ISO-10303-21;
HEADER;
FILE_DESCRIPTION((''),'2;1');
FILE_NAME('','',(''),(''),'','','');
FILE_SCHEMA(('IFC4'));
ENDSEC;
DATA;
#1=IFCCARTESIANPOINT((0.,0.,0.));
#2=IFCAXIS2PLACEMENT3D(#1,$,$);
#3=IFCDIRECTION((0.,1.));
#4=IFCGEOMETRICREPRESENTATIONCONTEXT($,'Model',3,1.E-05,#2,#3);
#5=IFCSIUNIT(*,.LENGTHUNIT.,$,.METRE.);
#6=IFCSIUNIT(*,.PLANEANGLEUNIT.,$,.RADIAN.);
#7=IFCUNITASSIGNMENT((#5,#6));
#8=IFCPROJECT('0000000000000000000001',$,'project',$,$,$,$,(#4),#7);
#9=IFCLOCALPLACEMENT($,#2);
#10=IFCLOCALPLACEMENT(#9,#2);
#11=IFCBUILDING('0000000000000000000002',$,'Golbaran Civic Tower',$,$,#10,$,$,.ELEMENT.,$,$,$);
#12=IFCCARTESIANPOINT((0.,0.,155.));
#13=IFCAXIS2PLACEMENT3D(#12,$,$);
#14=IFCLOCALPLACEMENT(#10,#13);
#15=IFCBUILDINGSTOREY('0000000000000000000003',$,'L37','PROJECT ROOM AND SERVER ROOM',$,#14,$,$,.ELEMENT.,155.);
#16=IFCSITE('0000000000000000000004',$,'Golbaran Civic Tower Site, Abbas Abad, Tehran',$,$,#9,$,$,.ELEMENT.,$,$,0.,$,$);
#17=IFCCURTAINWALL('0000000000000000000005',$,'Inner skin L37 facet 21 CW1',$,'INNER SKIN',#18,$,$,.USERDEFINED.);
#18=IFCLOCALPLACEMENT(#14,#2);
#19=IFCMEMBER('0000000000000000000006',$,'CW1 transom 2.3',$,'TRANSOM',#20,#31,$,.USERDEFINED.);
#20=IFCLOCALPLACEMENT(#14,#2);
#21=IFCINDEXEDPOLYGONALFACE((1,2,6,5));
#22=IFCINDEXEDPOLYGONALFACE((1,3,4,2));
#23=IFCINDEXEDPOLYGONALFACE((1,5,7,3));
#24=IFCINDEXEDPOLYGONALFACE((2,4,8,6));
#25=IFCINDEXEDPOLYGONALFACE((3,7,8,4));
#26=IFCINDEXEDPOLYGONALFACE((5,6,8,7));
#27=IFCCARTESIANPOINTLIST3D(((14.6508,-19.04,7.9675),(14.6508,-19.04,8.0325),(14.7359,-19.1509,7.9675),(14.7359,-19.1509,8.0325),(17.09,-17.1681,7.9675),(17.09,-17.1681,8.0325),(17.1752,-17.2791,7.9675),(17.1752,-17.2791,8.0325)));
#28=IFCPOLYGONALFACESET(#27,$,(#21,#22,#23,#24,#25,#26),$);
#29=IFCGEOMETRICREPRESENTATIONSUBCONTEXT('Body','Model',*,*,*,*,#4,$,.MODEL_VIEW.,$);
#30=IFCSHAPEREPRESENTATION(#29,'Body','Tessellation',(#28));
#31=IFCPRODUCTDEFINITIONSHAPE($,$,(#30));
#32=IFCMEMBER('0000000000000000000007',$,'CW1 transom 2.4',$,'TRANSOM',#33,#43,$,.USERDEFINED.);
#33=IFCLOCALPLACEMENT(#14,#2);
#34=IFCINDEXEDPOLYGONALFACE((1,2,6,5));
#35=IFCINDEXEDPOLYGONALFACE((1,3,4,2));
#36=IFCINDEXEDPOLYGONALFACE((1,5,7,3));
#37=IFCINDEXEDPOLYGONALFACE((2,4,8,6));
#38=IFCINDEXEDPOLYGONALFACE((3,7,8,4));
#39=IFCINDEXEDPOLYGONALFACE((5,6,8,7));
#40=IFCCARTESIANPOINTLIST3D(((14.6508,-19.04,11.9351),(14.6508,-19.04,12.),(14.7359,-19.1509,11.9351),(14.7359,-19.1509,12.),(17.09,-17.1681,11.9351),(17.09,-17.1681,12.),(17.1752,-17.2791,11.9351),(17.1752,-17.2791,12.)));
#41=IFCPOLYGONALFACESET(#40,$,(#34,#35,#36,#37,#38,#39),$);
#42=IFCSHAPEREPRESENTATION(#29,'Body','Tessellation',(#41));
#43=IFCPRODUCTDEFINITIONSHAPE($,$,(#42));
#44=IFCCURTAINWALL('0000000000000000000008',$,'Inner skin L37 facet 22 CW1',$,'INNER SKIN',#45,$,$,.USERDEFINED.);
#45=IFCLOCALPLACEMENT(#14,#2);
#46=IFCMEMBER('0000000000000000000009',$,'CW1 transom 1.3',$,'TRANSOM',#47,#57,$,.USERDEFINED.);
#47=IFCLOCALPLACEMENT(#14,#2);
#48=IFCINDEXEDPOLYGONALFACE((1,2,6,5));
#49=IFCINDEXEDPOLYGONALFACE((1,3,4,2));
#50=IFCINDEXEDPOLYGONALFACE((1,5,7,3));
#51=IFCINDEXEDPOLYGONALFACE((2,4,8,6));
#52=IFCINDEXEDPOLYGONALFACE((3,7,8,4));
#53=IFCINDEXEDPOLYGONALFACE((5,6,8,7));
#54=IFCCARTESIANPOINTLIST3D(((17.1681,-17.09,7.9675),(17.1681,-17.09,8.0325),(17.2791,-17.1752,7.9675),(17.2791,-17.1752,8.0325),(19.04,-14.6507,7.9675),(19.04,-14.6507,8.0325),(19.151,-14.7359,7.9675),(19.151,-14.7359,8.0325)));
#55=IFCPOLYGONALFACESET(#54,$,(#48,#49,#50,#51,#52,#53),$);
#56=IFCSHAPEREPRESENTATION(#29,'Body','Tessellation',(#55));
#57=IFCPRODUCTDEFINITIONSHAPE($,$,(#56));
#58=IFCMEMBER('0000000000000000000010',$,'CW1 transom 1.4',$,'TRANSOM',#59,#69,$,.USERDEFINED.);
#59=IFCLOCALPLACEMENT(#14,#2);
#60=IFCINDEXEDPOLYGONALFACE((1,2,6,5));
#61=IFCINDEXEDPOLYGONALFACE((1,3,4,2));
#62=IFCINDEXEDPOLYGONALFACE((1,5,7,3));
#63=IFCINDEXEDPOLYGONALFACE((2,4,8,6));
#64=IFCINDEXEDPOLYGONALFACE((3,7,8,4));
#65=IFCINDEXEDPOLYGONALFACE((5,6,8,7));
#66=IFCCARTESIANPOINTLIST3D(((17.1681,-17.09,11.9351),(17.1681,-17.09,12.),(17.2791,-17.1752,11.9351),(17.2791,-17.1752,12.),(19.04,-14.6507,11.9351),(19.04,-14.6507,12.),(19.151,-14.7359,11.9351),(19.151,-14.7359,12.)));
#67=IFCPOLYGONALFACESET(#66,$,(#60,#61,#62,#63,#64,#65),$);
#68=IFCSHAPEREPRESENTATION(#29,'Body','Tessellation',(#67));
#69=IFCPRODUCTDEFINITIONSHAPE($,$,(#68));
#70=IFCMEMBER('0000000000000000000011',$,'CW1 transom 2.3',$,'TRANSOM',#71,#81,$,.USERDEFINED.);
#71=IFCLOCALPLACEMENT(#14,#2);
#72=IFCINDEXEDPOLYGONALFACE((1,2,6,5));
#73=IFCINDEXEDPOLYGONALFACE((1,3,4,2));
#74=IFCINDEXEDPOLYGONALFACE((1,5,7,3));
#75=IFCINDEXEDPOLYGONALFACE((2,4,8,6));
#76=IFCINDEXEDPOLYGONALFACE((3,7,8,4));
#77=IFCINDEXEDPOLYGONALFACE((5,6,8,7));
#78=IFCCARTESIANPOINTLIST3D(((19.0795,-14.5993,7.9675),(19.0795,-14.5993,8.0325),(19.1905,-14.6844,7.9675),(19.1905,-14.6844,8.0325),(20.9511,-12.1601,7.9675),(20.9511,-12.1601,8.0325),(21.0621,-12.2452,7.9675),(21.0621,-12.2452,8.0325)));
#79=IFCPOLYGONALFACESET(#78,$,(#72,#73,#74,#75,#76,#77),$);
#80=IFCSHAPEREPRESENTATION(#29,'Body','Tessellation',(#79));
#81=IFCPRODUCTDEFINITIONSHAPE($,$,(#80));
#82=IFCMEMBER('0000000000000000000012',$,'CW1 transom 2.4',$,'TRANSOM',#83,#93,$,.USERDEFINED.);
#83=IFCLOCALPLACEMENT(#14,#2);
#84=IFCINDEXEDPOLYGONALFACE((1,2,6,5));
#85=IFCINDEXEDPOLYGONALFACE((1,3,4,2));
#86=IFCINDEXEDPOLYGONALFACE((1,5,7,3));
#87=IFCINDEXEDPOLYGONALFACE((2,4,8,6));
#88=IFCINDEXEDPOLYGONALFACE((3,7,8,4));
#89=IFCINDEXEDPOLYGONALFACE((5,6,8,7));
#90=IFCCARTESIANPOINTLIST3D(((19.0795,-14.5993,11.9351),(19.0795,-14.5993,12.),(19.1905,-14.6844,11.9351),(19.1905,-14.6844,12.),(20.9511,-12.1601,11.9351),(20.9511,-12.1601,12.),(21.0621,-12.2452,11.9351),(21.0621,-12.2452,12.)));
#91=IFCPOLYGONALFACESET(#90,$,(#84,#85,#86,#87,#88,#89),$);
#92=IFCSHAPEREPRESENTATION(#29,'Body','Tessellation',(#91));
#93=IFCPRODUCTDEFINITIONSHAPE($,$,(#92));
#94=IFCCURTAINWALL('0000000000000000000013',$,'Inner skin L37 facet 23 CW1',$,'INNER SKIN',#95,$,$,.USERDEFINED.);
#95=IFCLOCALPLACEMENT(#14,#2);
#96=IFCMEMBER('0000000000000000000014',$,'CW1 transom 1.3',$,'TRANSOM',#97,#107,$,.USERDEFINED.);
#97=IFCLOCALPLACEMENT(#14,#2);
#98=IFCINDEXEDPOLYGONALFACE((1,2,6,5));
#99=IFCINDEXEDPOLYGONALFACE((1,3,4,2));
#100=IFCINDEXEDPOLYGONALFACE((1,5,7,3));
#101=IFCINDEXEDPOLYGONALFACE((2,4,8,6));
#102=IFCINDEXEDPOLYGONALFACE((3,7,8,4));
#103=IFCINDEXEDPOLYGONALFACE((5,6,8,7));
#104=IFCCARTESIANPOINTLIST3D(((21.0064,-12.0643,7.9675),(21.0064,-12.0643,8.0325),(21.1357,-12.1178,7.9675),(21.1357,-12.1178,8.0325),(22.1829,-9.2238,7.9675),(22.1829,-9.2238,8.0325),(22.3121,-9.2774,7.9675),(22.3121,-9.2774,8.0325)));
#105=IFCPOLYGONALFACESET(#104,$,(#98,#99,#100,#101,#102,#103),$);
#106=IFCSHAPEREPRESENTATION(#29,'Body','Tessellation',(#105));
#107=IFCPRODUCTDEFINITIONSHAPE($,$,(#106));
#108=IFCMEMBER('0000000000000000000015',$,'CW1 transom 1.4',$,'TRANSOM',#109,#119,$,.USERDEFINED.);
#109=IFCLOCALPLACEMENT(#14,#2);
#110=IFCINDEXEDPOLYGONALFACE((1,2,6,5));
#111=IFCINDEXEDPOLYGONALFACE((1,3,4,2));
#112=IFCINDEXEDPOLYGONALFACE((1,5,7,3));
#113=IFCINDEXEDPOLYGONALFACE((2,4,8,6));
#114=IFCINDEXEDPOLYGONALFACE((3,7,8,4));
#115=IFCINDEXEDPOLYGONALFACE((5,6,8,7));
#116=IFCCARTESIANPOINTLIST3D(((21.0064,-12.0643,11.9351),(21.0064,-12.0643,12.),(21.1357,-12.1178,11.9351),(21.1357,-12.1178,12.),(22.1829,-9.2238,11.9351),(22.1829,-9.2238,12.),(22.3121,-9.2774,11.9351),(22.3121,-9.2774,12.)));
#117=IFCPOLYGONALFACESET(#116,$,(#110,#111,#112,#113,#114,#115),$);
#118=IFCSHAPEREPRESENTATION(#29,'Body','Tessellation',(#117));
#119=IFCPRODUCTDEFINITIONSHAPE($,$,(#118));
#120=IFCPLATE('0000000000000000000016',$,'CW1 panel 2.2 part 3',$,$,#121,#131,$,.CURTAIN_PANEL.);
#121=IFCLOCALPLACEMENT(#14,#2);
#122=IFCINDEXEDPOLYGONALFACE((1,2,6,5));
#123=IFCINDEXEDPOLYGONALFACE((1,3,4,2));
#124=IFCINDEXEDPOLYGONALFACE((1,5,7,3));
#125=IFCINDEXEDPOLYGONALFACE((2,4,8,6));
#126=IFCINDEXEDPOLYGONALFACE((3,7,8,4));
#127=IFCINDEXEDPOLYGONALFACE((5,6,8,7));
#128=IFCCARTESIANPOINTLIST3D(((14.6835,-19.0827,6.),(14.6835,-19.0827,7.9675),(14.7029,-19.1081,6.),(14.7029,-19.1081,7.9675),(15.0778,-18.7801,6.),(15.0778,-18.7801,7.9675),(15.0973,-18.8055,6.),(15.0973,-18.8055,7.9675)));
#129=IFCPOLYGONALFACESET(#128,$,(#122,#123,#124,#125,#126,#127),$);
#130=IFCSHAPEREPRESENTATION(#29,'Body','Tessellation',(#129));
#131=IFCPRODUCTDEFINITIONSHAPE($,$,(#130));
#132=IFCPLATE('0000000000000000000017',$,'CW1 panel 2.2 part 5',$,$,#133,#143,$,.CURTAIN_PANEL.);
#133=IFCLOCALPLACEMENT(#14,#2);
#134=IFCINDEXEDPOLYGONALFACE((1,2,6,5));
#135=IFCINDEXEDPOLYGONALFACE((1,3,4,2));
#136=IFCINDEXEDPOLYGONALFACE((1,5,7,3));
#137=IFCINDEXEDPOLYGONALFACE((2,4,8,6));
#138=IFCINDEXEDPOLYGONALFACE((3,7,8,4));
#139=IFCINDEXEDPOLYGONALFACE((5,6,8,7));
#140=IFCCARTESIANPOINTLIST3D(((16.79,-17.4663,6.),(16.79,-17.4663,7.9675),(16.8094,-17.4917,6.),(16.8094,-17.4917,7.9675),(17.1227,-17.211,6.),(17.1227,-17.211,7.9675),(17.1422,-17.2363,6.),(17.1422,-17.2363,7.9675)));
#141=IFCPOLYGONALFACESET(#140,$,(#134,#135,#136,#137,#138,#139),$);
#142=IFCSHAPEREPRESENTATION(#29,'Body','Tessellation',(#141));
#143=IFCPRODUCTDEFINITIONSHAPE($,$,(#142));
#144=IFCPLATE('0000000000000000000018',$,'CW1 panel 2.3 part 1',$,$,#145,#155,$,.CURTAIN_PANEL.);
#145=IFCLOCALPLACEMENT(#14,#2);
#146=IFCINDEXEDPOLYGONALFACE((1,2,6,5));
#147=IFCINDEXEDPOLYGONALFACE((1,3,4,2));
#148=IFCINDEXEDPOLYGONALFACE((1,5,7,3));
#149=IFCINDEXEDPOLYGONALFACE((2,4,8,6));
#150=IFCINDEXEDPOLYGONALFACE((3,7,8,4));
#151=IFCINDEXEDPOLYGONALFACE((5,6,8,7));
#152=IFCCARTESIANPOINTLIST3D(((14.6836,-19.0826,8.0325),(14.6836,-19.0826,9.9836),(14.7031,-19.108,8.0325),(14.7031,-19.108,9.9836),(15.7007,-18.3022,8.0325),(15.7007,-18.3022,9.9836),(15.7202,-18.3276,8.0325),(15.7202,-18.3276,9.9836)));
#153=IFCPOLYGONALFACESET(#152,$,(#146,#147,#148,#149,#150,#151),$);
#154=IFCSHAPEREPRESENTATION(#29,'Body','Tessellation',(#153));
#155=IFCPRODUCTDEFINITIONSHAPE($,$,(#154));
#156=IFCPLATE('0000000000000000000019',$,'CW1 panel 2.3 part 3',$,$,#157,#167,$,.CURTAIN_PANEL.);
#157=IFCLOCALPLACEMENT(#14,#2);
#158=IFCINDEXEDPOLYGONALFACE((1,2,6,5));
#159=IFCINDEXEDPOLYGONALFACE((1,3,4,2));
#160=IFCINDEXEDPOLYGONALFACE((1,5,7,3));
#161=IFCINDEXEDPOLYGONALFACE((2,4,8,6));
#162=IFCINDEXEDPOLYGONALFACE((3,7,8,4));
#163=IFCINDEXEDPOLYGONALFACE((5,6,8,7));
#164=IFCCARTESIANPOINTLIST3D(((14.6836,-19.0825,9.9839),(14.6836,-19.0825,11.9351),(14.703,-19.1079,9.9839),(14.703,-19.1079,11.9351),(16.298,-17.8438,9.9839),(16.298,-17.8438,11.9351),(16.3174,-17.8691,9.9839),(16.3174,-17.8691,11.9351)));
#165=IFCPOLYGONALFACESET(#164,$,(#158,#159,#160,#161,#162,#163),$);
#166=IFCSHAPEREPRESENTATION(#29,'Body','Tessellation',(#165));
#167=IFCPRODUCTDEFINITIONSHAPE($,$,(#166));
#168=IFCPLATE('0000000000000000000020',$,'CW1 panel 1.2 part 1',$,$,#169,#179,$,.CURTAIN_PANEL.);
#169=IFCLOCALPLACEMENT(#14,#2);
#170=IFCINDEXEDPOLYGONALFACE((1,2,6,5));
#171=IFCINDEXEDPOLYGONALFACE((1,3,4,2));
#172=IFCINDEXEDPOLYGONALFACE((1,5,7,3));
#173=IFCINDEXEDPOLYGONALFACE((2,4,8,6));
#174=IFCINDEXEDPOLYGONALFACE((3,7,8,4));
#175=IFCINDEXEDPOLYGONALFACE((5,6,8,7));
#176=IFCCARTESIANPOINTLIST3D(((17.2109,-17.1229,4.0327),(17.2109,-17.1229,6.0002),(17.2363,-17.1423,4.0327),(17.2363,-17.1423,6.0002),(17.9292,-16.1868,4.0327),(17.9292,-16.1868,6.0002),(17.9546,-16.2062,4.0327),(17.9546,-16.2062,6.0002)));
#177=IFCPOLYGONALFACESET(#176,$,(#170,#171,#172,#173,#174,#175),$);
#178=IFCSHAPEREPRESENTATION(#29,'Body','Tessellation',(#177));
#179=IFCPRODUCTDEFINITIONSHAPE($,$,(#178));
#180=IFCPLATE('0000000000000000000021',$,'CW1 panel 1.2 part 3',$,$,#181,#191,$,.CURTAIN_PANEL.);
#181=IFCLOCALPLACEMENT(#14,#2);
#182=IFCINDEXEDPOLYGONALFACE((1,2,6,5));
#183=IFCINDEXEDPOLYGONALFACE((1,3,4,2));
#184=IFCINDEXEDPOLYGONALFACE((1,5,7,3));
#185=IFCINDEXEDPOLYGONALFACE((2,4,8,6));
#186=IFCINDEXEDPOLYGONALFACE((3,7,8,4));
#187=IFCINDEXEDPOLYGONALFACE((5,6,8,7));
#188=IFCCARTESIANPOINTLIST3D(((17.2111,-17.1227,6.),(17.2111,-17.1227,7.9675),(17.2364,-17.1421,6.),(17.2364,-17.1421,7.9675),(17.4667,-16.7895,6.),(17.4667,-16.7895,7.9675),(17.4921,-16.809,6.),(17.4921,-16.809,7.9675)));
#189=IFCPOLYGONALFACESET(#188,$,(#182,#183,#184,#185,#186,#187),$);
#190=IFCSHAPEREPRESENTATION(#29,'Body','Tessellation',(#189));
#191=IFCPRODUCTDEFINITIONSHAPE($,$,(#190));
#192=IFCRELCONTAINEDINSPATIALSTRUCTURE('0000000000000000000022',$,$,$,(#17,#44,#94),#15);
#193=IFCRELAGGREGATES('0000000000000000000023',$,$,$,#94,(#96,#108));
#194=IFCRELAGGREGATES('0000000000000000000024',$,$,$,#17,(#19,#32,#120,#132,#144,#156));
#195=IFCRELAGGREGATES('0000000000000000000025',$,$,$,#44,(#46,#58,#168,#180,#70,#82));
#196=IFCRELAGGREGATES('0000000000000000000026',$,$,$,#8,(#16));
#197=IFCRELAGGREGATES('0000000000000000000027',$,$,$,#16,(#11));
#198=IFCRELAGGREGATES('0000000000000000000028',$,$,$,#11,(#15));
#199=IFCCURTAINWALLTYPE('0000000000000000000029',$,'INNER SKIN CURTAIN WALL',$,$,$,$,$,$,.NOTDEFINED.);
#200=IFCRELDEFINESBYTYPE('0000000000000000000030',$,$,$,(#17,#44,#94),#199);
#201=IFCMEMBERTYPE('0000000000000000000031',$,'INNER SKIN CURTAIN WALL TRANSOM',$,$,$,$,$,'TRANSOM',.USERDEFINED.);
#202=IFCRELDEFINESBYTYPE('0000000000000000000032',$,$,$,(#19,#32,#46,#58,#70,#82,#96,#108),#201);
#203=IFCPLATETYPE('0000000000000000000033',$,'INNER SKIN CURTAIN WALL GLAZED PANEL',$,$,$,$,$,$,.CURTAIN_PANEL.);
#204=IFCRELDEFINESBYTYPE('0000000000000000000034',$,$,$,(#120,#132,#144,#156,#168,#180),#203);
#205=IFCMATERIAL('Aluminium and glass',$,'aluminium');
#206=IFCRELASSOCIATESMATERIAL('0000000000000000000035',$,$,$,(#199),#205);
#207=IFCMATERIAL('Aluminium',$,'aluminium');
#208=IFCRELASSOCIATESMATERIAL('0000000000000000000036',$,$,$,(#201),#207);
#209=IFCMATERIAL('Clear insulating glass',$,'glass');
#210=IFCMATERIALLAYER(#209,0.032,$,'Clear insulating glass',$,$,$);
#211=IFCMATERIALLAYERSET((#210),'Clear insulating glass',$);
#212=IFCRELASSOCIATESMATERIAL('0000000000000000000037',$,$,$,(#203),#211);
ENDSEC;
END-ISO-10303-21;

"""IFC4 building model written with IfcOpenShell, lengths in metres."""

from ifc_helpers import new_model, si_unit, direction, frame, origin, origin_2d, place, context, subcontext, project, spatial, rectangle, extrude, material, layer, layer_set, material_profile, profile_set, type_object, element, aggregate, save


model = new_model("IFC4")

# Units and contexts
model_context = context("Model", 3, precision=1e-05, world=origin(), true_north=direction((0.0, 1.0)))
body_context = subcontext(model_context, "Body", "Model", "MODEL_VIEW")
ifc_project = project(units=[si_unit("LENGTHUNIT", "METRE"), si_unit("PLANEANGLEUNIT", "RADIAN")], contexts=[model_context])

# Site, building, storey
site_placement = place(None, origin())
site = spatial("IfcSite", under=ifc_project, at=site_placement, Name="Golbaran Civic Tower Site, Abbas Abad, Tehran", CompositionType="ELEMENT", RefElevation=0.0)
building_placement = place(site_placement, origin())
building = spatial("IfcBuilding", under=site, at=building_placement, Name="Golbaran Civic Tower", CompositionType="ELEMENT")
storey_placement = place(building_placement, frame((0.0, 0.0, 155.0)))
storey = spatial("IfcBuildingStorey", under=building, at=storey_placement, Name="L37", Description="PROJECT ROOM AND SERVER ROOM", CompositionType="ELEMENT", Elevation=155.0)

# Curtain walls, members
ifc_material_1 = material(Name="Aluminium and glass", Category="aluminium")
curtain_wall_type = type_object("IfcCurtainWallType", Name="INNER SKIN CURTAIN WALL", PredefinedType="NOTDEFINED", material=ifc_material_1)
curtain_wall_1_placement = place(storey_placement, origin())
curtain_wall_1 = element("IfcCurtainWall", 1, at=curtain_wall_1_placement, inside=storey, type_object=curtain_wall_type, Name="Inner skin L37 facet 21 CW1", ObjectType="INNER SKIN", PredefinedType="USERDEFINED")
ifc_material_2 = material(Name="Aluminium", Category="aluminium")
ifc_material_profile = material_profile(ifc_material_2, rectangle(XDim=0.1399, YDim=0.0649, at=origin_2d()), Name="INNER SKIN CURTAIN WALL TRANSOM")
ifc_profile_set = profile_set([ifc_material_profile], Name="Aluminium")
member_type = type_object("IfcMemberType", Name="INNER SKIN CURTAIN WALL TRANSOM", ElementType="TRANSOM", PredefinedType="USERDEFINED", material=ifc_profile_set)
member_1_placement = place(storey_placement, frame((14.6934, -19.0955, 8.0), z_axis=(0.793329, 0.608793, 0.0), x_axis=(-0.608793, 0.793329, 0.0)))
member_1 = element("IfcMember", 2, at=member_1_placement, type_object=member_type, Name="CW1 transom 2.3", ObjectType="TRANSOM", PredefinedType="USERDEFINED", context=body_context, shape_type="SweptSolid", body=[
    extrude(rectangle(XDim=0.1399, YDim=0.0649, at=origin_2d()), origin(), (0.0, 0.0, 1.0), 3.0747),
])
member_2_placement = place(storey_placement, frame((14.6934, -19.0955, 11.9675), z_axis=(0.793329, 0.608793, 0.0), x_axis=(-0.608793, 0.793329, 0.0)))
member_2 = element("IfcMember", 3, at=member_2_placement, type_object=member_type, Name="CW1 transom 2.4", ObjectType="TRANSOM", PredefinedType="USERDEFINED", context=body_context, shape_type="SweptSolid", body=[
    extrude(rectangle(XDim=0.1399, YDim=0.0649, at=origin_2d()), origin(), (0.0, 0.0, 1.0), 3.0747),
])
curtain_wall_2_placement = place(storey_placement, origin())
curtain_wall_2 = element("IfcCurtainWall", 4, at=curtain_wall_2_placement, inside=storey, type_object=curtain_wall_type, Name="Inner skin L37 facet 22 CW1", ObjectType="INNER SKIN", PredefinedType="USERDEFINED")
member_3_placement = place(storey_placement, frame((17.2236, -17.1326, 8.0), z_axis=(0.608793, 0.793329, 0.0), x_axis=(-0.793329, 0.608793, 0.0)))
member_3 = element("IfcMember", 5, at=member_3_placement, type_object=member_type, Name="CW1 transom 1.3", ObjectType="TRANSOM", PredefinedType="USERDEFINED", context=body_context, shape_type="SweptSolid", body=[
    extrude(rectangle(XDim=0.1399, YDim=0.0649, at=origin_2d()), origin(), (0.0, 0.0, 1.0), 3.0747),
])
member_4_placement = place(storey_placement, frame((17.2236, -17.1326, 11.9675), z_axis=(0.608793, 0.793329, 0.0), x_axis=(-0.793329, 0.608793, 0.0)))
member_4 = element("IfcMember", 6, at=member_4_placement, type_object=member_type, Name="CW1 transom 1.4", ObjectType="TRANSOM", PredefinedType="USERDEFINED", context=body_context, shape_type="SweptSolid", body=[
    extrude(rectangle(XDim=0.1399, YDim=0.0649, at=origin_2d()), origin(), (0.0, 0.0, 1.0), 3.0747),
])
member_5_placement = place(storey_placement, frame((19.135, -14.6418, 8.0), z_axis=(0.608743, 0.793367, 0.0), x_axis=(-0.793367, 0.608743, 0.0)))
member_5 = element("IfcMember", 7, at=member_5_placement, type_object=member_type, Name="CW1 transom 2.3", ObjectType="TRANSOM", PredefinedType="USERDEFINED", context=body_context, shape_type="SweptSolid", body=[
    extrude(rectangle(XDim=0.1399, YDim=0.0649, at=origin_2d()), origin(), (0.0, 0.0, 1.0), 3.0745),
])
member_6_placement = place(storey_placement, frame((19.135, -14.6418, 11.9675), z_axis=(0.608743, 0.793367, 0.0), x_axis=(-0.793367, 0.608743, 0.0)))
member_6 = element("IfcMember", 8, at=member_6_placement, type_object=member_type, Name="CW1 transom 2.4", ObjectType="TRANSOM", PredefinedType="USERDEFINED", context=body_context, shape_type="SweptSolid", body=[
    extrude(rectangle(XDim=0.1399, YDim=0.0649, at=origin_2d()), origin(), (0.0, 0.0, 1.0), 3.0745),
])
curtain_wall_3_placement = place(storey_placement, origin())
curtain_wall_3 = element("IfcCurtainWall", 9, at=curtain_wall_3_placement, inside=storey, type_object=curtain_wall_type, Name="Inner skin L37 facet 23 CW1", ObjectType="INNER SKIN", PredefinedType="USERDEFINED")
member_7_placement = place(storey_placement, frame((21.071, -12.0911, 8.0), z_axis=(0.382658, 0.92389, 0.0), x_axis=(-0.92389, 0.382658, 0.0)))
member_7 = element("IfcMember", 10, at=member_7_placement, type_object=member_type, Name="CW1 transom 1.3", ObjectType="TRANSOM", PredefinedType="USERDEFINED", context=body_context, shape_type="SweptSolid", body=[
    extrude(rectangle(XDim=0.1399, YDim=0.0649, at=origin_2d()), origin(), (0.0, 0.0, 1.0), 3.0745),
])
member_8_placement = place(storey_placement, frame((21.071, -12.0911, 11.9675), z_axis=(0.382658, 0.92389, 0.0), x_axis=(-0.92389, 0.382658, 0.0)))
member_8 = element("IfcMember", 11, at=member_8_placement, type_object=member_type, Name="CW1 transom 1.4", ObjectType="TRANSOM", PredefinedType="USERDEFINED", context=body_context, shape_type="SweptSolid", body=[
    extrude(rectangle(XDim=0.1399, YDim=0.0649, at=origin_2d()), origin(), (0.0, 0.0, 1.0), 3.0745),
])

# Plates
ifc_material_3 = material(Name="Clear insulating glass", Category="glass")
ifc_layer_1 = layer(ifc_material_3, 0.032, Name="Clear insulating glass")
ifc_layer_set_1 = layer_set([ifc_layer_1], Name="Clear insulating glass")
plate_type_1 = type_object("IfcPlateType", Name="INNER SKIN CURTAIN WALL GLAZED PANEL", PredefinedType="CURTAIN_PANEL", material=ifc_layer_set_1)
plate_1_placement = place(storey_placement, frame((14.8904, -18.9441, 6.0), z_axis=(0.0, 0.0, 1.0), x_axis=(0.793353, 0.608761, 0.0)))
plate_1 = element("IfcPlate", 12, at=plate_1_placement, type_object=plate_type_1, Name="CW1 panel 2.2 part 3", PredefinedType="CURTAIN_PANEL", context=body_context, shape_type="SweptSolid", body=[
    extrude(rectangle(XDim=0.4971, YDim=0.032, at=origin_2d()), origin(), (0.0, 0.0, 1.0), 1.9675),
])
plate_2_placement = place(storey_placement, frame((16.9661, -17.3513, 6.0), z_axis=(0.0, 0.0, 1.0), x_axis=(0.793353, 0.608761, 0.0)))
plate_2 = element("IfcPlate", 13, at=plate_2_placement, type_object=plate_type_1, Name="CW1 panel 2.2 part 5", PredefinedType="CURTAIN_PANEL", context=body_context, shape_type="SweptSolid", body=[
    extrude(rectangle(XDim=0.4194, YDim=0.032, at=origin_2d()), origin(), (0.0, 0.0, 1.0), 1.9675),
])
plate_3_placement = place(storey_placement, frame((15.2019, -18.7051, 8.0325), z_axis=(0.0, 0.0, 1.0), x_axis=(0.793353, 0.608761, 0.0)))
plate_3 = element("IfcPlate", 14, at=plate_3_placement, type_object=plate_type_1, Name="CW1 panel 2.3 part 1", PredefinedType="CURTAIN_PANEL", context=body_context, shape_type="SweptSolid", body=[
    extrude(rectangle(XDim=1.282, YDim=0.032, at=origin_2d()), origin(), (0.0, 0.0, 1.0), 1.9512),
])
plate_4_placement = place(storey_placement, frame((15.5005, -18.4758, 9.9839), z_axis=(0.0, 0.0, 1.0), x_axis=(0.793353, 0.608761, 0.0)))
plate_4 = element("IfcPlate", 15, at=plate_4_placement, type_object=plate_type_1, Name="CW1 panel 2.3 part 3", PredefinedType="CURTAIN_PANEL", context=body_context, shape_type="SweptSolid", body=[
    extrude(rectangle(XDim=2.0349, YDim=0.032, at=origin_2d()), origin(), (0.0, 0.0, 1.0), 1.9512),
])
plate_5_placement = place(storey_placement, frame((17.5828, -16.6646, 4.0327), z_axis=(0.0, 0.0, 1.0), x_axis=(0.608761, 0.793353, 0.0)))
plate_5 = element("IfcPlate", 16, at=plate_5_placement, type_object=plate_type_1, Name="CW1 panel 1.2 part 1", PredefinedType="CURTAIN_PANEL", context=body_context, shape_type="SweptSolid", body=[
    extrude(rectangle(XDim=1.1799, YDim=0.032, at=origin_2d()), origin(), (0.0, 0.0, 1.0), 1.9675),
])
plate_6_placement = place(storey_placement, frame((17.3516, -16.9658, 6.0), z_axis=(0.0, 0.0, 1.0), x_axis=(0.608761, 0.793353, 0.0)))
plate_6 = element("IfcPlate", 17, at=plate_6_placement, type_object=plate_type_1, Name="CW1 panel 1.2 part 3", PredefinedType="CURTAIN_PANEL", context=body_context, shape_type="SweptSolid", body=[
    extrude(rectangle(XDim=0.4199, YDim=0.032, at=origin_2d()), origin(), (0.0, 0.0, 1.0), 1.9675),
])
aggregate(curtain_wall_3, [member_7, member_8])
aggregate(curtain_wall_1, [member_1, member_2, plate_1, plate_2, plate_3, plate_4])
aggregate(curtain_wall_2, [member_3, member_4, plate_5, plate_6, member_5, member_6])

save(model, "model.ifc")
